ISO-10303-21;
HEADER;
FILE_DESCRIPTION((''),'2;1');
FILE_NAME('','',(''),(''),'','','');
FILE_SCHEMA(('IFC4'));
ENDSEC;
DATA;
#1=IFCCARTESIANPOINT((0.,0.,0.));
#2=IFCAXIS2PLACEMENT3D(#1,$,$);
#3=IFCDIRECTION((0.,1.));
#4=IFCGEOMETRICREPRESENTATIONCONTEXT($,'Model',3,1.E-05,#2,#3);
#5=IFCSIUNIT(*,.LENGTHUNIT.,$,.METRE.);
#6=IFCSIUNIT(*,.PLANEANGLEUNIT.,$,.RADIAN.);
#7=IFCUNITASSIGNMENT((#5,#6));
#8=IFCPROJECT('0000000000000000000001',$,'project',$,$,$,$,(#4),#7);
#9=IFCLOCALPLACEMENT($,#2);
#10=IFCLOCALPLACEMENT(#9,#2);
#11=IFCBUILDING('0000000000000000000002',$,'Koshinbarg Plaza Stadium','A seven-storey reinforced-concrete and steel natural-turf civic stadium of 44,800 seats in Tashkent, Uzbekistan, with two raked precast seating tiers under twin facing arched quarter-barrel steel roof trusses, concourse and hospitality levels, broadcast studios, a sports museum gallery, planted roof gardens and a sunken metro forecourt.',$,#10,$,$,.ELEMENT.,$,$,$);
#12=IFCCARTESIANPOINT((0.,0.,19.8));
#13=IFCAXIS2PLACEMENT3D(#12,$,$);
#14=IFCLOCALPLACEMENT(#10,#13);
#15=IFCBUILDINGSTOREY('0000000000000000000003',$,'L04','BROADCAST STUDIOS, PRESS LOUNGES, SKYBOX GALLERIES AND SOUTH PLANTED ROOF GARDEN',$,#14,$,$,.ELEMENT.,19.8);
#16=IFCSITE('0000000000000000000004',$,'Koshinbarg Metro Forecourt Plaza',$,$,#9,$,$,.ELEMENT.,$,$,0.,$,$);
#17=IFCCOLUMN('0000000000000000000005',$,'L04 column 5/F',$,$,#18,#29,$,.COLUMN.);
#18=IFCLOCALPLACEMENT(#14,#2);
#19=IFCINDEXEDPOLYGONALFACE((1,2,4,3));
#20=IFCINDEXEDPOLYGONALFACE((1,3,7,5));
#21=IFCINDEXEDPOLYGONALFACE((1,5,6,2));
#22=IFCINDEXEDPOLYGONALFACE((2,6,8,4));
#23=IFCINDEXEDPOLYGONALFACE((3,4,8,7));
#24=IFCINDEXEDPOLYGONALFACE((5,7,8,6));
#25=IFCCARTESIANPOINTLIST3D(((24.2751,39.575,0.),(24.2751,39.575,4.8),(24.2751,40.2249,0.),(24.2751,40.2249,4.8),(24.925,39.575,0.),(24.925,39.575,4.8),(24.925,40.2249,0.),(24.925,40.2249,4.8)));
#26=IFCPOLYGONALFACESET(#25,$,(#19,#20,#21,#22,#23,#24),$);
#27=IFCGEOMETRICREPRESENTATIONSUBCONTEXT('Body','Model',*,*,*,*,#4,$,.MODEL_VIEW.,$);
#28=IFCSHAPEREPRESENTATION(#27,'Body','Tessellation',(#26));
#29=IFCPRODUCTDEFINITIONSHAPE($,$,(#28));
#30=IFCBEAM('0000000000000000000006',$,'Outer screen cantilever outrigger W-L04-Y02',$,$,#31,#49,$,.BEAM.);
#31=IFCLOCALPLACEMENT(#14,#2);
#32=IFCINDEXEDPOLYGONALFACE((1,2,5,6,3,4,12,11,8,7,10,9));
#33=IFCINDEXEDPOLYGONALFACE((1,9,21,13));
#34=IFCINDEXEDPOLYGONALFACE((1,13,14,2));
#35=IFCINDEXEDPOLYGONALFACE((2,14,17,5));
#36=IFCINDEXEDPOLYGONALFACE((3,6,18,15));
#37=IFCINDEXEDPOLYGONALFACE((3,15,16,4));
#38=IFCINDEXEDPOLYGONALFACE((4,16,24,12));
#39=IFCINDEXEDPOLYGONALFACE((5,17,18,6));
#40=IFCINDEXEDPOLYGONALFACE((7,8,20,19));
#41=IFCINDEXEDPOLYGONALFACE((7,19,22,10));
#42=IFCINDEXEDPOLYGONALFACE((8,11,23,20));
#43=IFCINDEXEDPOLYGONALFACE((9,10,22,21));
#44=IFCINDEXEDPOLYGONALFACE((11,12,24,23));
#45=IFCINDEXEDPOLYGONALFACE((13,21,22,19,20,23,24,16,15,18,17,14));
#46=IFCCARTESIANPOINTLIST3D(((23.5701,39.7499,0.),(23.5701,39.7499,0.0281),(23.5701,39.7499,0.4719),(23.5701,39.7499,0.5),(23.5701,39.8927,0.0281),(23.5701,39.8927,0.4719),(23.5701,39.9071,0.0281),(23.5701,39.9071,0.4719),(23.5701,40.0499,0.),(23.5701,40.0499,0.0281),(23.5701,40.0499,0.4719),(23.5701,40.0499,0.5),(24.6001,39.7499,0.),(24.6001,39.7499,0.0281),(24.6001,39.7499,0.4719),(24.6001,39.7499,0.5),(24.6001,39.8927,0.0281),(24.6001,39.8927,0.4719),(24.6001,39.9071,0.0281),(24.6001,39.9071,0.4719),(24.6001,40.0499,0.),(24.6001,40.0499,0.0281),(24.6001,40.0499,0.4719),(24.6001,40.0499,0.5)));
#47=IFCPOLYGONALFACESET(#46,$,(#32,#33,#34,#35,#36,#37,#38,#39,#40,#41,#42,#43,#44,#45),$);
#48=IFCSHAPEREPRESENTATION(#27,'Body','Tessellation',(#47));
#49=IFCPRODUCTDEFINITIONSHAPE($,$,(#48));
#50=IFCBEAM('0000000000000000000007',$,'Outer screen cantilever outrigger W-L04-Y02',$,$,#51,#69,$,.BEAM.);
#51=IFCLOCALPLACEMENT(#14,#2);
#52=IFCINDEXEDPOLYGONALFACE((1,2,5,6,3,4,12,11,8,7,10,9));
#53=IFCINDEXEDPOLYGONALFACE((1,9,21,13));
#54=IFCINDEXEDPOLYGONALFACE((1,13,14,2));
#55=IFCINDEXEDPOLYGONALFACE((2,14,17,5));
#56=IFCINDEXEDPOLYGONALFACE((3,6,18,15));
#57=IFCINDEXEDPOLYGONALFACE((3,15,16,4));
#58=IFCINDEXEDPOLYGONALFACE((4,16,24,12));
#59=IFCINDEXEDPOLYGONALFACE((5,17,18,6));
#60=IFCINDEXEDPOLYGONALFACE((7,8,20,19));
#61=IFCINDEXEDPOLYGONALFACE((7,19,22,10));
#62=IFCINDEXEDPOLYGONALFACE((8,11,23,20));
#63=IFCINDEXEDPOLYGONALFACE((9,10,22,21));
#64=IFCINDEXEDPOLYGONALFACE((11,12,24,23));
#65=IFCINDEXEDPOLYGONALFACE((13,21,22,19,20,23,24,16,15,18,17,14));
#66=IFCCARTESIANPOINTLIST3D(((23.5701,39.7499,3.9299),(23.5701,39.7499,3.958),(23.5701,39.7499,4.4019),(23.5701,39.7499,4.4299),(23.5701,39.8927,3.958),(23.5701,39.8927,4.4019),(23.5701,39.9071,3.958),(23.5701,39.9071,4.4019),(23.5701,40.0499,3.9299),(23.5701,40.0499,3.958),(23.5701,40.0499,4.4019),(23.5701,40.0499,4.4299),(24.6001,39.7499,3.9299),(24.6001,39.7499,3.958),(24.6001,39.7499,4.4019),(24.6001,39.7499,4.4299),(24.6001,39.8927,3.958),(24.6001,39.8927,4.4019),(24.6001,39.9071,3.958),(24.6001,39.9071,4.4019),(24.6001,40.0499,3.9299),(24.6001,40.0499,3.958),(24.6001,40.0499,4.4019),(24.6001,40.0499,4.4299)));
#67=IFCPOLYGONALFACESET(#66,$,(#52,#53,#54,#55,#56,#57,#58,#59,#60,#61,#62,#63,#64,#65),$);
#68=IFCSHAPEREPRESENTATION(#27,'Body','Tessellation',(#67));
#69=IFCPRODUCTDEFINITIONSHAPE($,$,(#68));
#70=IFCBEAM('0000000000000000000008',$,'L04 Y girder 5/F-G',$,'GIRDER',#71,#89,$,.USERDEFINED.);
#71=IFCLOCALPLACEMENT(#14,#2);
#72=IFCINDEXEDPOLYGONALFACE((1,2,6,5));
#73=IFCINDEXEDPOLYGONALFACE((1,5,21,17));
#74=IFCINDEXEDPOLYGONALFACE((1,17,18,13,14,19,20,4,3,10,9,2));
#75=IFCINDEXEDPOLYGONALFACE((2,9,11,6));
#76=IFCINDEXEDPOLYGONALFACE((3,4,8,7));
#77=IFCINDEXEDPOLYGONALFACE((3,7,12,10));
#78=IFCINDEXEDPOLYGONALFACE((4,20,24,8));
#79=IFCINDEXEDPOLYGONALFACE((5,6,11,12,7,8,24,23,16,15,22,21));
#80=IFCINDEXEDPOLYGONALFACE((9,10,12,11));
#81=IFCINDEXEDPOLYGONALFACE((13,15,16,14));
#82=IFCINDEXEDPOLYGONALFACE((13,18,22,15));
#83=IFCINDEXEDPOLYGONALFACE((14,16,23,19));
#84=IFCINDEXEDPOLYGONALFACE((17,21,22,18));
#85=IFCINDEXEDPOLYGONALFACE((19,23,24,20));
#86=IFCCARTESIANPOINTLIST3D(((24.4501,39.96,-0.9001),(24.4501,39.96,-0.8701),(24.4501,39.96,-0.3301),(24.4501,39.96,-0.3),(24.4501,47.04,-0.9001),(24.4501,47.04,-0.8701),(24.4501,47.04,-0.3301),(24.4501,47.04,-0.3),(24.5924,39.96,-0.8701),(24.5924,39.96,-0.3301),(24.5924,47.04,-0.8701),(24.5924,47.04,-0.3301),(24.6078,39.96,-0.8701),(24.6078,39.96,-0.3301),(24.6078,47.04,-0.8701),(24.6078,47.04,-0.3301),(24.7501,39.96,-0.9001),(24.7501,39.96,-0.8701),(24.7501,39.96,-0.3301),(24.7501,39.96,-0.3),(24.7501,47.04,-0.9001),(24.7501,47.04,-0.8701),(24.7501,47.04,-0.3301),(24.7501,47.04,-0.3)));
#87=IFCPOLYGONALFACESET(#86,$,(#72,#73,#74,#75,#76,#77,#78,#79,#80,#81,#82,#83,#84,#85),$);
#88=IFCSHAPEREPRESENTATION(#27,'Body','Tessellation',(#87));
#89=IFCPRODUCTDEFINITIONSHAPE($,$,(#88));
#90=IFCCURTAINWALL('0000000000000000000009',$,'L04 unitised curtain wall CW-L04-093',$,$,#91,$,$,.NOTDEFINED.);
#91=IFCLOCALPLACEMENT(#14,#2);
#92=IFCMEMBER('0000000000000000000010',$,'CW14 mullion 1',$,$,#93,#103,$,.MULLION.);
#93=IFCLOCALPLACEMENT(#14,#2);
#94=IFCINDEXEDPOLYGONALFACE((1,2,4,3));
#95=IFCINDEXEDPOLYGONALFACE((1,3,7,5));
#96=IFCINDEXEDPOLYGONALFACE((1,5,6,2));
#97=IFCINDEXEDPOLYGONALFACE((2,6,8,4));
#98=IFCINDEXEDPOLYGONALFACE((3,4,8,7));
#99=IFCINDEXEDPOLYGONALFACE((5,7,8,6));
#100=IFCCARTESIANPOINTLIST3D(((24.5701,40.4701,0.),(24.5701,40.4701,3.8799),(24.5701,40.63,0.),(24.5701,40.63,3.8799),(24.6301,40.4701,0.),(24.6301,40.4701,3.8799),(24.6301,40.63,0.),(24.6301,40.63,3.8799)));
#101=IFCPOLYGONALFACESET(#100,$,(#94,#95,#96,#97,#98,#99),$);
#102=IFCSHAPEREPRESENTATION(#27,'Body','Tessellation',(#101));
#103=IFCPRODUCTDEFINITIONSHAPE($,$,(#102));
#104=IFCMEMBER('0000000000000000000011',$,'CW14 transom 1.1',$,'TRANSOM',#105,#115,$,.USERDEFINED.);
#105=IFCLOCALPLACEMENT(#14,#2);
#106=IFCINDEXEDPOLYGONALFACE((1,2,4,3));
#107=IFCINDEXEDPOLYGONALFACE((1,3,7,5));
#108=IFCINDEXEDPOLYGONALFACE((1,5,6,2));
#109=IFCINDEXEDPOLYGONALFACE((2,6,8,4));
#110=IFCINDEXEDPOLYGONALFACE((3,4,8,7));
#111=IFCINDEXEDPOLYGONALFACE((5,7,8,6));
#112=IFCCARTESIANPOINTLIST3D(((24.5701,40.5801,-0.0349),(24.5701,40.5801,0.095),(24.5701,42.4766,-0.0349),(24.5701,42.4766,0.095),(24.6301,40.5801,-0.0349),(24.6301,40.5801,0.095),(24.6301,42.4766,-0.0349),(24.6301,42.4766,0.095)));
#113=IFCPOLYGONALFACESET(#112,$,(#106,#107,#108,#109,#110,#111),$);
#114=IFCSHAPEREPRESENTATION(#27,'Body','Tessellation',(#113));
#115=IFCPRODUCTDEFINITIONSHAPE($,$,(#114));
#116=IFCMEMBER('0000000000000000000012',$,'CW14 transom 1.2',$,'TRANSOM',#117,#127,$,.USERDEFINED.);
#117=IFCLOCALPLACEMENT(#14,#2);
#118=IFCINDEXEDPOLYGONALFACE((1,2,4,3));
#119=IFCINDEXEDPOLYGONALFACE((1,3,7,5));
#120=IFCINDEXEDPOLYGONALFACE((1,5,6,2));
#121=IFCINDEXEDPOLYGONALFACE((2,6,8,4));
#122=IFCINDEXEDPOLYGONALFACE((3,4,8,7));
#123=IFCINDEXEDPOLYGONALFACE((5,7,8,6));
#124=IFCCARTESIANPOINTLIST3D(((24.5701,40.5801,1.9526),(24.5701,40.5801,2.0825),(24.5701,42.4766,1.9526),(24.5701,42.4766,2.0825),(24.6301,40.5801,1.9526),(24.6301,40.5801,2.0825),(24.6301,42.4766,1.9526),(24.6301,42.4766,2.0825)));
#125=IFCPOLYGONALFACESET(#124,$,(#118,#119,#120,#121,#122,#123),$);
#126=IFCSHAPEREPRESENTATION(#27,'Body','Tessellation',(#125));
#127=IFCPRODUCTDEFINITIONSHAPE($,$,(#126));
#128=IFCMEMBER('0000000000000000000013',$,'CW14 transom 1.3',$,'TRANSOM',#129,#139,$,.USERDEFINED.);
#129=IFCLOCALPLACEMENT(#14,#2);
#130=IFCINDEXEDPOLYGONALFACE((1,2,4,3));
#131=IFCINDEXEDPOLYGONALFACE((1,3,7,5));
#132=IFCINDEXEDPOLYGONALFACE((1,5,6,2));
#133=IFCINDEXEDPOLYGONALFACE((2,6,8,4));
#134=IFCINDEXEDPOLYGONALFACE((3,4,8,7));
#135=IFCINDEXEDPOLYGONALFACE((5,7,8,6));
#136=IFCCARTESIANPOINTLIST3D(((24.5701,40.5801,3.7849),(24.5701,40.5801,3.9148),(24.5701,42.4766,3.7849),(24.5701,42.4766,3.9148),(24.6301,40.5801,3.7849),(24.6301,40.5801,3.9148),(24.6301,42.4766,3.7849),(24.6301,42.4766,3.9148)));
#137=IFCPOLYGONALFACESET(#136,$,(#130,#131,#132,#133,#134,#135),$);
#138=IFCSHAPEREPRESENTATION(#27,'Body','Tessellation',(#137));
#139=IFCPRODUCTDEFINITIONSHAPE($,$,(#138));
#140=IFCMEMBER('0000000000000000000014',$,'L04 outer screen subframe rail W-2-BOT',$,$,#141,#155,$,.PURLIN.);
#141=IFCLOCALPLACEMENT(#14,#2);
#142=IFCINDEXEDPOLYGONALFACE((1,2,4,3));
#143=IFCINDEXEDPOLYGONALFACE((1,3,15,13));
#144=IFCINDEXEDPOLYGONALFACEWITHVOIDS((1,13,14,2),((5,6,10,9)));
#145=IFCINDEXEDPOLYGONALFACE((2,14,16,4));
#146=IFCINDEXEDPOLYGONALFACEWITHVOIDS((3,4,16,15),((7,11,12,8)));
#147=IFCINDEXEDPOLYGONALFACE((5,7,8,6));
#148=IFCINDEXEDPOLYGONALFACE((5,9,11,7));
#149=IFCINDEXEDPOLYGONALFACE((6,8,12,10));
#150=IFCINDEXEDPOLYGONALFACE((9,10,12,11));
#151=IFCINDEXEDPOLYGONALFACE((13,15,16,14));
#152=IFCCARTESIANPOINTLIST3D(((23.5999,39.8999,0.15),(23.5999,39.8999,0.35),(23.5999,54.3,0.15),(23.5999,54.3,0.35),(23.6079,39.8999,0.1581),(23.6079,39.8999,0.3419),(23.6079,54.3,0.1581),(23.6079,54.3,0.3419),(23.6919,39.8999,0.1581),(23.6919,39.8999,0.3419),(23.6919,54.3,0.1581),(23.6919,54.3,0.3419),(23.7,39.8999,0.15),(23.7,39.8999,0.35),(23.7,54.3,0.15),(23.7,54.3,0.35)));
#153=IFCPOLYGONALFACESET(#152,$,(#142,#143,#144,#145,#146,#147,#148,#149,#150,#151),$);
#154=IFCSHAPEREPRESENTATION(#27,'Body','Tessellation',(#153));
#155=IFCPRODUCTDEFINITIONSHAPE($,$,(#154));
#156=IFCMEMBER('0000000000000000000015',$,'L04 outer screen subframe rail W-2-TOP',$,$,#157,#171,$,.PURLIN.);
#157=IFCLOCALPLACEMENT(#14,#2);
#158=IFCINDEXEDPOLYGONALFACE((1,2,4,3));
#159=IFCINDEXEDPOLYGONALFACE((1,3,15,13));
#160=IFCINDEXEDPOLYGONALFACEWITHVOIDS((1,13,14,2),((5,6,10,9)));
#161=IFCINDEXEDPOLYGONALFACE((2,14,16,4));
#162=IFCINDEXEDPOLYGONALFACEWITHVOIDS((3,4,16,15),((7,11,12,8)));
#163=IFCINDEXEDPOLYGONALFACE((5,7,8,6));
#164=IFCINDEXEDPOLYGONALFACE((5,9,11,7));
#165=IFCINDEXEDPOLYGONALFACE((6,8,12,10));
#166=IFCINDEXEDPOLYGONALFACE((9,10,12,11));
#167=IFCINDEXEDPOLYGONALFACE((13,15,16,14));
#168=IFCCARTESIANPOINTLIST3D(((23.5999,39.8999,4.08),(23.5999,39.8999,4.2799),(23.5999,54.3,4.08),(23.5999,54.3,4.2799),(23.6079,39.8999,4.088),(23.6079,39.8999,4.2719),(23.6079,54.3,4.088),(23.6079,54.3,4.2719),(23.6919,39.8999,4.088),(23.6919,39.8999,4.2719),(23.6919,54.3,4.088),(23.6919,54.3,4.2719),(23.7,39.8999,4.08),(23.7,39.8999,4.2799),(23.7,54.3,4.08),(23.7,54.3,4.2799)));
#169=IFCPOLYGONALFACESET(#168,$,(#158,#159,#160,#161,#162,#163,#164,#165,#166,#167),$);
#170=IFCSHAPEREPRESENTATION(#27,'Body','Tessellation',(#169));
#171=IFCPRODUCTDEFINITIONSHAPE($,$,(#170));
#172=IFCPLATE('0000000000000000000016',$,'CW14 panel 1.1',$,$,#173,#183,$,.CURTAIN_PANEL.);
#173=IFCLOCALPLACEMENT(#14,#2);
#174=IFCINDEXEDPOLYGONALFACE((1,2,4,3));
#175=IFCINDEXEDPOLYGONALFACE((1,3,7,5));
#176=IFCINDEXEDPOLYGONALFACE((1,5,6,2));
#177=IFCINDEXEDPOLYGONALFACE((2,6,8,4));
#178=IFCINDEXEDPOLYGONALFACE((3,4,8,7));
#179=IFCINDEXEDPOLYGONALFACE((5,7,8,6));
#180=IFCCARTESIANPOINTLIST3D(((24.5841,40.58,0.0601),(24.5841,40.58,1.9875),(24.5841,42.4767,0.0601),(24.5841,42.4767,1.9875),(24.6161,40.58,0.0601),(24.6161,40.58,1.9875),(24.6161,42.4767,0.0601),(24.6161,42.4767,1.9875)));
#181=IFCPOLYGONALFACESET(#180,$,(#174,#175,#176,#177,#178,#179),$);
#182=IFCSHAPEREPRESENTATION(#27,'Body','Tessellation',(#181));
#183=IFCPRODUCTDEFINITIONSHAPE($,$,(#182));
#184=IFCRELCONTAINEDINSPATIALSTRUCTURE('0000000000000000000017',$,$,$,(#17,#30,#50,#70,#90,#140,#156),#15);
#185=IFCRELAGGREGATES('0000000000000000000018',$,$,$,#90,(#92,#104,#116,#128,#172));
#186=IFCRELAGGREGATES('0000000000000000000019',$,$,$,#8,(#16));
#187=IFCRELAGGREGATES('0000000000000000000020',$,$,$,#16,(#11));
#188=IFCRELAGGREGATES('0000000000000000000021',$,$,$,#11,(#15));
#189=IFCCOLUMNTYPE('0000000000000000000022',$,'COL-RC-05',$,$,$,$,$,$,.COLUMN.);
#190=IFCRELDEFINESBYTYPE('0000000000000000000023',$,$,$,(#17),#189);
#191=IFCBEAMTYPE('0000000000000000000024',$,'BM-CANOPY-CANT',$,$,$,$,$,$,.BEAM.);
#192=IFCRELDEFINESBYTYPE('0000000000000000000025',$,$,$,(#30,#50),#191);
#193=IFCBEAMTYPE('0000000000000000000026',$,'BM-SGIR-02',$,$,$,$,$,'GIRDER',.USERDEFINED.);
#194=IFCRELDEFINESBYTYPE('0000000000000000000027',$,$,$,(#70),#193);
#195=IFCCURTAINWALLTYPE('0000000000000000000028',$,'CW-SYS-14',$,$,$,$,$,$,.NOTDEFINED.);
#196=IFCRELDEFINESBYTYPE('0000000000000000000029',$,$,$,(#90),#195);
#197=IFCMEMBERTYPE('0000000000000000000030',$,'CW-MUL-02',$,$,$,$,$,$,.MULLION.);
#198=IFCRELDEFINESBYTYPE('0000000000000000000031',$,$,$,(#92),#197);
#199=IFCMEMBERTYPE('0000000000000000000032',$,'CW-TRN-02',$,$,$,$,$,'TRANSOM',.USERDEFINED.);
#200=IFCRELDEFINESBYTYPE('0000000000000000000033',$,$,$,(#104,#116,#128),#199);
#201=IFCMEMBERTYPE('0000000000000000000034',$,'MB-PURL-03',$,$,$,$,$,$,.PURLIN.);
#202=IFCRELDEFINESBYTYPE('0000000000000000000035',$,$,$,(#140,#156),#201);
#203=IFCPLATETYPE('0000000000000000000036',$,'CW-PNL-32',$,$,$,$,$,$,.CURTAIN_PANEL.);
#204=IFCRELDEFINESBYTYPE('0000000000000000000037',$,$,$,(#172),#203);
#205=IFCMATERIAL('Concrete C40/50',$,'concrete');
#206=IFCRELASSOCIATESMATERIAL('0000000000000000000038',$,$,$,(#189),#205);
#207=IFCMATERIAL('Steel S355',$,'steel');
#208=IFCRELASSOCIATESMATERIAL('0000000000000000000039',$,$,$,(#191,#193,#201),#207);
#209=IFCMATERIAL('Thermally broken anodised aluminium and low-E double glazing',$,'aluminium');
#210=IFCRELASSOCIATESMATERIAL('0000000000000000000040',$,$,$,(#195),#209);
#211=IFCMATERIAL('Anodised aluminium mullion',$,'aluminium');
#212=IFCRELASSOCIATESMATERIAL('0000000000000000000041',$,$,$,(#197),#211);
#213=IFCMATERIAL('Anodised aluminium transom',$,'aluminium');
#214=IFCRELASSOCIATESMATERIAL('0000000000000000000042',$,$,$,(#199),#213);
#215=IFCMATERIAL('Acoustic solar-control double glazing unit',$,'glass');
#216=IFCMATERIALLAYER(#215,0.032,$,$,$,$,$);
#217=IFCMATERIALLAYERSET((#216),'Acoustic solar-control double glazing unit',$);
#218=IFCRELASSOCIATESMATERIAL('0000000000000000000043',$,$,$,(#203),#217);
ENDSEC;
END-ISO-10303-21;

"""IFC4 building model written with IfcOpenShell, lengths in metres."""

from ifc_helpers import new_model, si_unit, direction, frame, origin, origin_2d, place, context, subcontext, project, spatial, rectangle, hollow_rectangle, i_section, extrude, material, layer, layer_set, material_profile, profile_set, type_object, element, aggregate, save


model = new_model("IFC4")

# Units and contexts
model_context = context("Model", 3, precision=1e-05, world=origin(), true_north=direction((0.0, 1.0)))
body_context = subcontext(model_context, "Body", "Model", "MODEL_VIEW")
ifc_project = project(units=[si_unit("LENGTHUNIT", "METRE"), si_unit("PLANEANGLEUNIT", "RADIAN")], contexts=[model_context])

# Site, building, storey
site_placement = place(None, origin())
site = spatial("IfcSite", under=ifc_project, at=site_placement, Name="Koshinbarg Metro Forecourt Plaza", CompositionType="ELEMENT", RefElevation=0.0)
building_placement = place(site_placement, origin())
building = spatial("IfcBuilding", under=site, at=building_placement, Name="Koshinbarg Plaza Stadium", Description="A seven-storey reinforced-concrete and steel natural-turf civic stadium of 44,800 seats in Tashkent, Uzbekistan, with two raked precast seating tiers under twin facing arched quarter-barrel steel roof trusses, concourse and hospitality levels, broadcast studios, a sports museum gallery, planted roof gardens and a sunken metro forecourt.", CompositionType="ELEMENT")
storey_placement = place(building_placement, frame((0.0, 0.0, 19.8)))
storey = spatial("IfcBuildingStorey", under=building, at=storey_placement, Name="L04", Description="BROADCAST STUDIOS, PRESS LOUNGES, SKYBOX GALLERIES AND SOUTH PLANTED ROOF GARDEN", CompositionType="ELEMENT", Elevation=19.8)

# Column
ifc_material_1 = material(Name="Concrete C40/50", Category="concrete")
ifc_material_profile_1 = material_profile(ifc_material_1, rectangle(XDim=0.6499, YDim=0.6499, at=origin_2d()), Name="RC 650x650")
ifc_profile_set_1 = profile_set([ifc_material_profile_1], Name="Concrete C40/50")
column_type = type_object("IfcColumnType", Name="COL-RC-05", PredefinedType="COLUMN", material=ifc_profile_set_1)
column_placement = place(storey_placement, frame((24.6001, 39.8999, 0.0), z_axis=(0.0, 0.0, 1.0), x_axis=(1.0, 0.0, 0.0)))
element("IfcColumn", 1, at=column_placement, inside=storey, type_object=column_type, Name="L04 column 5/F", PredefinedType="COLUMN", context=body_context, shape_type="SweptSolid", body=[
    extrude(rectangle(XDim=0.6499, YDim=0.6499, at=origin_2d()), origin(), (0.0, 0.0, 1.0), 4.8),
])

# Beams
ifc_material_2 = material(Name="Steel S355", Category="steel")
ifc_material_profile_2 = material_profile(ifc_material_2, i_section(OverallWidth=0.3, OverallDepth=0.5, WebThickness=0.0144, FlangeThickness=0.0281, at=origin_2d()), Name="HEB 500")
ifc_profile_set_2 = profile_set([ifc_material_profile_2], Name="Steel S355")
beam_type_1 = type_object("IfcBeamType", Name="BM-CANOPY-CANT", PredefinedType="BEAM", material=ifc_profile_set_2)
for number, where, z_axis, x_axis, name in (
    (2, (24.6001, 39.8999, 0.25), (-1.0, 0.0, 0.0), (0.0, -1.0, 0.0), "Outer screen cantilever outrigger W-L04-Y02"),
    (3, (24.6001, 39.8999, 4.1799), (-1.0, 0.0, 0.0), (0.0, -1.0, 0.0), "Outer screen cantilever outrigger W-L04-Y02"),
):
    element("IfcBeam", number, at=place(storey_placement, frame(where, z_axis=z_axis, x_axis=x_axis)), inside=storey, type_object=beam_type_1, Name=name, PredefinedType="BEAM", context=body_context, shape_type="SweptSolid", body=[
        extrude(i_section(OverallWidth=0.3, OverallDepth=0.5, WebThickness=0.0144, FlangeThickness=0.0281, at=origin_2d()), origin(), (0.0, 0.0, 1.0), 1.03),
    ])
ifc_material_profile_3 = material_profile(ifc_material_2, i_section(OverallWidth=0.3, OverallDepth=0.6001, WebThickness=0.0154, FlangeThickness=0.03, at=origin_2d()), Name="HEB 600")
ifc_profile_set_3 = profile_set([ifc_material_profile_3], Name="Steel S355")
beam_type_2 = type_object("IfcBeamType", Name="BM-SGIR-02", ElementType="GIRDER", PredefinedType="USERDEFINED", material=ifc_profile_set_3)
beam_placement = place(storey_placement, frame((24.6001, 39.96, -0.6001), z_axis=(0.0, 1.0, 0.0), x_axis=(-1.0, 0.0, 0.0)))
element("IfcBeam", 4, at=beam_placement, inside=storey, type_object=beam_type_2, Name="L04 Y girder 5/F-G", ObjectType="GIRDER", PredefinedType="USERDEFINED", context=body_context, shape_type="SweptSolid", body=[
    extrude(i_section(OverallWidth=0.3, OverallDepth=0.6001, WebThickness=0.0154, FlangeThickness=0.03, at=origin_2d()), origin(), (0.0, 0.0, 1.0), 7.0801),
])

# Curtain wall, members
ifc_material_3 = material(Name="Thermally broken anodised aluminium and low-E double glazing", Category="aluminium")
curtain_wall_type = type_object("IfcCurtainWallType", Name="CW-SYS-14", PredefinedType="NOTDEFINED", material=ifc_material_3)
curtain_wall_placement = place(storey_placement, origin())
curtain_wall = element("IfcCurtainWall", 5, at=curtain_wall_placement, inside=storey, type_object=curtain_wall_type, Name="L04 unitised curtain wall CW-L04-093", PredefinedType="NOTDEFINED")
ifc_material_4 = material(Name="Anodised aluminium mullion", Category="aluminium")
ifc_material_profile_4 = material_profile(ifc_material_4, rectangle(XDim=0.0601, YDim=0.1599, at=origin_2d()), Name="ALU 60x160")
ifc_profile_set_4 = profile_set([ifc_material_profile_4], Name="Anodised aluminium mullion")
member_type_1 = type_object("IfcMemberType", Name="CW-MUL-02", PredefinedType="MULLION", material=ifc_profile_set_4)
member_1_placement = place(storey_placement, frame((24.6001, 40.55, 0.0), z_axis=(0.0, 0.0, 1.0), x_axis=(-1.0, 0.0, 0.0)))
member_1 = element("IfcMember", 6, at=member_1_placement, type_object=member_type_1, Name="CW14 mullion 1", PredefinedType="MULLION", context=body_context, shape_type="SweptSolid", body=[
    extrude(rectangle(XDim=0.0601, YDim=0.1599, at=origin_2d()), origin(), (0.0, 0.0, 1.0), 3.8799),
])
ifc_material_5 = material(Name="Anodised aluminium transom", Category="aluminium")
ifc_material_profile_5 = material_profile(ifc_material_5, rectangle(XDim=0.0601, YDim=0.1299, at=origin_2d()), Name="ALU 60x130")
ifc_profile_set_5 = profile_set([ifc_material_profile_5], Name="Anodised aluminium transom")
member_type_2 = type_object("IfcMemberType", Name="CW-TRN-02", ElementType="TRANSOM", PredefinedType="USERDEFINED", material=ifc_profile_set_5)
member_2_placement = place(storey_placement, frame((24.6001, 40.5801, 0.03), z_axis=(0.0, 1.0, 0.0), x_axis=(-1.0, 0.0, 0.0)))
member_2 = element("IfcMember", 7, at=member_2_placement, type_object=member_type_2, Name="CW14 transom 1.1", ObjectType="TRANSOM", PredefinedType="USERDEFINED", context=body_context, shape_type="SweptSolid", body=[
    extrude(rectangle(XDim=0.0601, YDim=0.1299, at=origin_2d()), origin(), (0.0, 0.0, 1.0), 1.8965),
])
member_3_placement = place(storey_placement, frame((24.6001, 40.5801, 2.0176), z_axis=(0.0, 1.0, 0.0), x_axis=(-1.0, 0.0, 0.0)))
member_3 = element("IfcMember", 8, at=member_3_placement, type_object=member_type_2, Name="CW14 transom 1.2", ObjectType="TRANSOM", PredefinedType="USERDEFINED", context=body_context, shape_type="SweptSolid", body=[
    extrude(rectangle(XDim=0.0601, YDim=0.1299, at=origin_2d()), origin(), (0.0, 0.0, 1.0), 1.8965),
])
member_4_placement = place(storey_placement, frame((24.6001, 40.5801, 3.8499), z_axis=(0.0, 1.0, 0.0), x_axis=(-1.0, 0.0, 0.0)))
member_4 = element("IfcMember", 9, at=member_4_placement, type_object=member_type_2, Name="CW14 transom 1.3", ObjectType="TRANSOM", PredefinedType="USERDEFINED", context=body_context, shape_type="SweptSolid", body=[
    extrude(rectangle(XDim=0.0601, YDim=0.1299, at=origin_2d()), origin(), (0.0, 0.0, 1.0), 1.8965),
])

# Members
ifc_material_profile_6 = material_profile(ifc_material_2, hollow_rectangle(XDim=0.1001, YDim=0.2, WallThickness=0.0081, at=origin_2d()), Name="RHS 200x100x8")
ifc_profile_set_6 = profile_set([ifc_material_profile_6], Name="Steel S355")
member_type_3 = type_object("IfcMemberType", Name="MB-PURL-03", PredefinedType="PURLIN", material=ifc_profile_set_6)
for number, where, z_axis, x_axis, name in (
    (10, (23.6499, 39.8999, 0.25), (0.0, 1.0, 0.0), (-1.0, 0.0, 0.0), "L04 outer screen subframe rail W-2-BOT"),
    (11, (23.6499, 39.8999, 4.1799), (0.0, 1.0, 0.0), (-1.0, 0.0, 0.0), "L04 outer screen subframe rail W-2-TOP"),
):
    element("IfcMember", number, at=place(storey_placement, frame(where, z_axis=z_axis, x_axis=x_axis)), inside=storey, type_object=member_type_3, Name=name, PredefinedType="PURLIN", context=body_context, shape_type="SweptSolid", body=[
        extrude(hollow_rectangle(XDim=0.1001, YDim=0.2, WallThickness=0.0081, at=origin_2d()), origin(), (0.0, 0.0, 1.0), 14.4001),
    ])

# Plate
ifc_material_6 = material(Name="Acoustic solar-control double glazing unit", Category="glass")
ifc_layer_1 = layer(ifc_material_6, 0.032)
ifc_layer_set_1 = layer_set([ifc_layer_1], Name="Acoustic solar-control double glazing unit")
plate_type_1 = type_object("IfcPlateType", Name="CW-PNL-32", PredefinedType="CURTAIN_PANEL", material=ifc_layer_set_1)
plate_1_placement = place(storey_placement, frame((24.6001, 41.5283, 0.0601), z_axis=(0.0, 0.0, 1.0), x_axis=(0.0, 1.0, 0.0)))
plate_1 = element("IfcPlate", 12, at=plate_1_placement, type_object=plate_type_1, Name="CW14 panel 1.1", PredefinedType="CURTAIN_PANEL", context=body_context, shape_type="SweptSolid", body=[
    extrude(rectangle(XDim=1.8967, YDim=0.032, at=origin_2d()), origin(), (0.0, 0.0, 1.0), 1.9275),
])
aggregate(curtain_wall, [member_1, member_2, member_3, member_4, plate_1])

save(model, "model.ifc")
